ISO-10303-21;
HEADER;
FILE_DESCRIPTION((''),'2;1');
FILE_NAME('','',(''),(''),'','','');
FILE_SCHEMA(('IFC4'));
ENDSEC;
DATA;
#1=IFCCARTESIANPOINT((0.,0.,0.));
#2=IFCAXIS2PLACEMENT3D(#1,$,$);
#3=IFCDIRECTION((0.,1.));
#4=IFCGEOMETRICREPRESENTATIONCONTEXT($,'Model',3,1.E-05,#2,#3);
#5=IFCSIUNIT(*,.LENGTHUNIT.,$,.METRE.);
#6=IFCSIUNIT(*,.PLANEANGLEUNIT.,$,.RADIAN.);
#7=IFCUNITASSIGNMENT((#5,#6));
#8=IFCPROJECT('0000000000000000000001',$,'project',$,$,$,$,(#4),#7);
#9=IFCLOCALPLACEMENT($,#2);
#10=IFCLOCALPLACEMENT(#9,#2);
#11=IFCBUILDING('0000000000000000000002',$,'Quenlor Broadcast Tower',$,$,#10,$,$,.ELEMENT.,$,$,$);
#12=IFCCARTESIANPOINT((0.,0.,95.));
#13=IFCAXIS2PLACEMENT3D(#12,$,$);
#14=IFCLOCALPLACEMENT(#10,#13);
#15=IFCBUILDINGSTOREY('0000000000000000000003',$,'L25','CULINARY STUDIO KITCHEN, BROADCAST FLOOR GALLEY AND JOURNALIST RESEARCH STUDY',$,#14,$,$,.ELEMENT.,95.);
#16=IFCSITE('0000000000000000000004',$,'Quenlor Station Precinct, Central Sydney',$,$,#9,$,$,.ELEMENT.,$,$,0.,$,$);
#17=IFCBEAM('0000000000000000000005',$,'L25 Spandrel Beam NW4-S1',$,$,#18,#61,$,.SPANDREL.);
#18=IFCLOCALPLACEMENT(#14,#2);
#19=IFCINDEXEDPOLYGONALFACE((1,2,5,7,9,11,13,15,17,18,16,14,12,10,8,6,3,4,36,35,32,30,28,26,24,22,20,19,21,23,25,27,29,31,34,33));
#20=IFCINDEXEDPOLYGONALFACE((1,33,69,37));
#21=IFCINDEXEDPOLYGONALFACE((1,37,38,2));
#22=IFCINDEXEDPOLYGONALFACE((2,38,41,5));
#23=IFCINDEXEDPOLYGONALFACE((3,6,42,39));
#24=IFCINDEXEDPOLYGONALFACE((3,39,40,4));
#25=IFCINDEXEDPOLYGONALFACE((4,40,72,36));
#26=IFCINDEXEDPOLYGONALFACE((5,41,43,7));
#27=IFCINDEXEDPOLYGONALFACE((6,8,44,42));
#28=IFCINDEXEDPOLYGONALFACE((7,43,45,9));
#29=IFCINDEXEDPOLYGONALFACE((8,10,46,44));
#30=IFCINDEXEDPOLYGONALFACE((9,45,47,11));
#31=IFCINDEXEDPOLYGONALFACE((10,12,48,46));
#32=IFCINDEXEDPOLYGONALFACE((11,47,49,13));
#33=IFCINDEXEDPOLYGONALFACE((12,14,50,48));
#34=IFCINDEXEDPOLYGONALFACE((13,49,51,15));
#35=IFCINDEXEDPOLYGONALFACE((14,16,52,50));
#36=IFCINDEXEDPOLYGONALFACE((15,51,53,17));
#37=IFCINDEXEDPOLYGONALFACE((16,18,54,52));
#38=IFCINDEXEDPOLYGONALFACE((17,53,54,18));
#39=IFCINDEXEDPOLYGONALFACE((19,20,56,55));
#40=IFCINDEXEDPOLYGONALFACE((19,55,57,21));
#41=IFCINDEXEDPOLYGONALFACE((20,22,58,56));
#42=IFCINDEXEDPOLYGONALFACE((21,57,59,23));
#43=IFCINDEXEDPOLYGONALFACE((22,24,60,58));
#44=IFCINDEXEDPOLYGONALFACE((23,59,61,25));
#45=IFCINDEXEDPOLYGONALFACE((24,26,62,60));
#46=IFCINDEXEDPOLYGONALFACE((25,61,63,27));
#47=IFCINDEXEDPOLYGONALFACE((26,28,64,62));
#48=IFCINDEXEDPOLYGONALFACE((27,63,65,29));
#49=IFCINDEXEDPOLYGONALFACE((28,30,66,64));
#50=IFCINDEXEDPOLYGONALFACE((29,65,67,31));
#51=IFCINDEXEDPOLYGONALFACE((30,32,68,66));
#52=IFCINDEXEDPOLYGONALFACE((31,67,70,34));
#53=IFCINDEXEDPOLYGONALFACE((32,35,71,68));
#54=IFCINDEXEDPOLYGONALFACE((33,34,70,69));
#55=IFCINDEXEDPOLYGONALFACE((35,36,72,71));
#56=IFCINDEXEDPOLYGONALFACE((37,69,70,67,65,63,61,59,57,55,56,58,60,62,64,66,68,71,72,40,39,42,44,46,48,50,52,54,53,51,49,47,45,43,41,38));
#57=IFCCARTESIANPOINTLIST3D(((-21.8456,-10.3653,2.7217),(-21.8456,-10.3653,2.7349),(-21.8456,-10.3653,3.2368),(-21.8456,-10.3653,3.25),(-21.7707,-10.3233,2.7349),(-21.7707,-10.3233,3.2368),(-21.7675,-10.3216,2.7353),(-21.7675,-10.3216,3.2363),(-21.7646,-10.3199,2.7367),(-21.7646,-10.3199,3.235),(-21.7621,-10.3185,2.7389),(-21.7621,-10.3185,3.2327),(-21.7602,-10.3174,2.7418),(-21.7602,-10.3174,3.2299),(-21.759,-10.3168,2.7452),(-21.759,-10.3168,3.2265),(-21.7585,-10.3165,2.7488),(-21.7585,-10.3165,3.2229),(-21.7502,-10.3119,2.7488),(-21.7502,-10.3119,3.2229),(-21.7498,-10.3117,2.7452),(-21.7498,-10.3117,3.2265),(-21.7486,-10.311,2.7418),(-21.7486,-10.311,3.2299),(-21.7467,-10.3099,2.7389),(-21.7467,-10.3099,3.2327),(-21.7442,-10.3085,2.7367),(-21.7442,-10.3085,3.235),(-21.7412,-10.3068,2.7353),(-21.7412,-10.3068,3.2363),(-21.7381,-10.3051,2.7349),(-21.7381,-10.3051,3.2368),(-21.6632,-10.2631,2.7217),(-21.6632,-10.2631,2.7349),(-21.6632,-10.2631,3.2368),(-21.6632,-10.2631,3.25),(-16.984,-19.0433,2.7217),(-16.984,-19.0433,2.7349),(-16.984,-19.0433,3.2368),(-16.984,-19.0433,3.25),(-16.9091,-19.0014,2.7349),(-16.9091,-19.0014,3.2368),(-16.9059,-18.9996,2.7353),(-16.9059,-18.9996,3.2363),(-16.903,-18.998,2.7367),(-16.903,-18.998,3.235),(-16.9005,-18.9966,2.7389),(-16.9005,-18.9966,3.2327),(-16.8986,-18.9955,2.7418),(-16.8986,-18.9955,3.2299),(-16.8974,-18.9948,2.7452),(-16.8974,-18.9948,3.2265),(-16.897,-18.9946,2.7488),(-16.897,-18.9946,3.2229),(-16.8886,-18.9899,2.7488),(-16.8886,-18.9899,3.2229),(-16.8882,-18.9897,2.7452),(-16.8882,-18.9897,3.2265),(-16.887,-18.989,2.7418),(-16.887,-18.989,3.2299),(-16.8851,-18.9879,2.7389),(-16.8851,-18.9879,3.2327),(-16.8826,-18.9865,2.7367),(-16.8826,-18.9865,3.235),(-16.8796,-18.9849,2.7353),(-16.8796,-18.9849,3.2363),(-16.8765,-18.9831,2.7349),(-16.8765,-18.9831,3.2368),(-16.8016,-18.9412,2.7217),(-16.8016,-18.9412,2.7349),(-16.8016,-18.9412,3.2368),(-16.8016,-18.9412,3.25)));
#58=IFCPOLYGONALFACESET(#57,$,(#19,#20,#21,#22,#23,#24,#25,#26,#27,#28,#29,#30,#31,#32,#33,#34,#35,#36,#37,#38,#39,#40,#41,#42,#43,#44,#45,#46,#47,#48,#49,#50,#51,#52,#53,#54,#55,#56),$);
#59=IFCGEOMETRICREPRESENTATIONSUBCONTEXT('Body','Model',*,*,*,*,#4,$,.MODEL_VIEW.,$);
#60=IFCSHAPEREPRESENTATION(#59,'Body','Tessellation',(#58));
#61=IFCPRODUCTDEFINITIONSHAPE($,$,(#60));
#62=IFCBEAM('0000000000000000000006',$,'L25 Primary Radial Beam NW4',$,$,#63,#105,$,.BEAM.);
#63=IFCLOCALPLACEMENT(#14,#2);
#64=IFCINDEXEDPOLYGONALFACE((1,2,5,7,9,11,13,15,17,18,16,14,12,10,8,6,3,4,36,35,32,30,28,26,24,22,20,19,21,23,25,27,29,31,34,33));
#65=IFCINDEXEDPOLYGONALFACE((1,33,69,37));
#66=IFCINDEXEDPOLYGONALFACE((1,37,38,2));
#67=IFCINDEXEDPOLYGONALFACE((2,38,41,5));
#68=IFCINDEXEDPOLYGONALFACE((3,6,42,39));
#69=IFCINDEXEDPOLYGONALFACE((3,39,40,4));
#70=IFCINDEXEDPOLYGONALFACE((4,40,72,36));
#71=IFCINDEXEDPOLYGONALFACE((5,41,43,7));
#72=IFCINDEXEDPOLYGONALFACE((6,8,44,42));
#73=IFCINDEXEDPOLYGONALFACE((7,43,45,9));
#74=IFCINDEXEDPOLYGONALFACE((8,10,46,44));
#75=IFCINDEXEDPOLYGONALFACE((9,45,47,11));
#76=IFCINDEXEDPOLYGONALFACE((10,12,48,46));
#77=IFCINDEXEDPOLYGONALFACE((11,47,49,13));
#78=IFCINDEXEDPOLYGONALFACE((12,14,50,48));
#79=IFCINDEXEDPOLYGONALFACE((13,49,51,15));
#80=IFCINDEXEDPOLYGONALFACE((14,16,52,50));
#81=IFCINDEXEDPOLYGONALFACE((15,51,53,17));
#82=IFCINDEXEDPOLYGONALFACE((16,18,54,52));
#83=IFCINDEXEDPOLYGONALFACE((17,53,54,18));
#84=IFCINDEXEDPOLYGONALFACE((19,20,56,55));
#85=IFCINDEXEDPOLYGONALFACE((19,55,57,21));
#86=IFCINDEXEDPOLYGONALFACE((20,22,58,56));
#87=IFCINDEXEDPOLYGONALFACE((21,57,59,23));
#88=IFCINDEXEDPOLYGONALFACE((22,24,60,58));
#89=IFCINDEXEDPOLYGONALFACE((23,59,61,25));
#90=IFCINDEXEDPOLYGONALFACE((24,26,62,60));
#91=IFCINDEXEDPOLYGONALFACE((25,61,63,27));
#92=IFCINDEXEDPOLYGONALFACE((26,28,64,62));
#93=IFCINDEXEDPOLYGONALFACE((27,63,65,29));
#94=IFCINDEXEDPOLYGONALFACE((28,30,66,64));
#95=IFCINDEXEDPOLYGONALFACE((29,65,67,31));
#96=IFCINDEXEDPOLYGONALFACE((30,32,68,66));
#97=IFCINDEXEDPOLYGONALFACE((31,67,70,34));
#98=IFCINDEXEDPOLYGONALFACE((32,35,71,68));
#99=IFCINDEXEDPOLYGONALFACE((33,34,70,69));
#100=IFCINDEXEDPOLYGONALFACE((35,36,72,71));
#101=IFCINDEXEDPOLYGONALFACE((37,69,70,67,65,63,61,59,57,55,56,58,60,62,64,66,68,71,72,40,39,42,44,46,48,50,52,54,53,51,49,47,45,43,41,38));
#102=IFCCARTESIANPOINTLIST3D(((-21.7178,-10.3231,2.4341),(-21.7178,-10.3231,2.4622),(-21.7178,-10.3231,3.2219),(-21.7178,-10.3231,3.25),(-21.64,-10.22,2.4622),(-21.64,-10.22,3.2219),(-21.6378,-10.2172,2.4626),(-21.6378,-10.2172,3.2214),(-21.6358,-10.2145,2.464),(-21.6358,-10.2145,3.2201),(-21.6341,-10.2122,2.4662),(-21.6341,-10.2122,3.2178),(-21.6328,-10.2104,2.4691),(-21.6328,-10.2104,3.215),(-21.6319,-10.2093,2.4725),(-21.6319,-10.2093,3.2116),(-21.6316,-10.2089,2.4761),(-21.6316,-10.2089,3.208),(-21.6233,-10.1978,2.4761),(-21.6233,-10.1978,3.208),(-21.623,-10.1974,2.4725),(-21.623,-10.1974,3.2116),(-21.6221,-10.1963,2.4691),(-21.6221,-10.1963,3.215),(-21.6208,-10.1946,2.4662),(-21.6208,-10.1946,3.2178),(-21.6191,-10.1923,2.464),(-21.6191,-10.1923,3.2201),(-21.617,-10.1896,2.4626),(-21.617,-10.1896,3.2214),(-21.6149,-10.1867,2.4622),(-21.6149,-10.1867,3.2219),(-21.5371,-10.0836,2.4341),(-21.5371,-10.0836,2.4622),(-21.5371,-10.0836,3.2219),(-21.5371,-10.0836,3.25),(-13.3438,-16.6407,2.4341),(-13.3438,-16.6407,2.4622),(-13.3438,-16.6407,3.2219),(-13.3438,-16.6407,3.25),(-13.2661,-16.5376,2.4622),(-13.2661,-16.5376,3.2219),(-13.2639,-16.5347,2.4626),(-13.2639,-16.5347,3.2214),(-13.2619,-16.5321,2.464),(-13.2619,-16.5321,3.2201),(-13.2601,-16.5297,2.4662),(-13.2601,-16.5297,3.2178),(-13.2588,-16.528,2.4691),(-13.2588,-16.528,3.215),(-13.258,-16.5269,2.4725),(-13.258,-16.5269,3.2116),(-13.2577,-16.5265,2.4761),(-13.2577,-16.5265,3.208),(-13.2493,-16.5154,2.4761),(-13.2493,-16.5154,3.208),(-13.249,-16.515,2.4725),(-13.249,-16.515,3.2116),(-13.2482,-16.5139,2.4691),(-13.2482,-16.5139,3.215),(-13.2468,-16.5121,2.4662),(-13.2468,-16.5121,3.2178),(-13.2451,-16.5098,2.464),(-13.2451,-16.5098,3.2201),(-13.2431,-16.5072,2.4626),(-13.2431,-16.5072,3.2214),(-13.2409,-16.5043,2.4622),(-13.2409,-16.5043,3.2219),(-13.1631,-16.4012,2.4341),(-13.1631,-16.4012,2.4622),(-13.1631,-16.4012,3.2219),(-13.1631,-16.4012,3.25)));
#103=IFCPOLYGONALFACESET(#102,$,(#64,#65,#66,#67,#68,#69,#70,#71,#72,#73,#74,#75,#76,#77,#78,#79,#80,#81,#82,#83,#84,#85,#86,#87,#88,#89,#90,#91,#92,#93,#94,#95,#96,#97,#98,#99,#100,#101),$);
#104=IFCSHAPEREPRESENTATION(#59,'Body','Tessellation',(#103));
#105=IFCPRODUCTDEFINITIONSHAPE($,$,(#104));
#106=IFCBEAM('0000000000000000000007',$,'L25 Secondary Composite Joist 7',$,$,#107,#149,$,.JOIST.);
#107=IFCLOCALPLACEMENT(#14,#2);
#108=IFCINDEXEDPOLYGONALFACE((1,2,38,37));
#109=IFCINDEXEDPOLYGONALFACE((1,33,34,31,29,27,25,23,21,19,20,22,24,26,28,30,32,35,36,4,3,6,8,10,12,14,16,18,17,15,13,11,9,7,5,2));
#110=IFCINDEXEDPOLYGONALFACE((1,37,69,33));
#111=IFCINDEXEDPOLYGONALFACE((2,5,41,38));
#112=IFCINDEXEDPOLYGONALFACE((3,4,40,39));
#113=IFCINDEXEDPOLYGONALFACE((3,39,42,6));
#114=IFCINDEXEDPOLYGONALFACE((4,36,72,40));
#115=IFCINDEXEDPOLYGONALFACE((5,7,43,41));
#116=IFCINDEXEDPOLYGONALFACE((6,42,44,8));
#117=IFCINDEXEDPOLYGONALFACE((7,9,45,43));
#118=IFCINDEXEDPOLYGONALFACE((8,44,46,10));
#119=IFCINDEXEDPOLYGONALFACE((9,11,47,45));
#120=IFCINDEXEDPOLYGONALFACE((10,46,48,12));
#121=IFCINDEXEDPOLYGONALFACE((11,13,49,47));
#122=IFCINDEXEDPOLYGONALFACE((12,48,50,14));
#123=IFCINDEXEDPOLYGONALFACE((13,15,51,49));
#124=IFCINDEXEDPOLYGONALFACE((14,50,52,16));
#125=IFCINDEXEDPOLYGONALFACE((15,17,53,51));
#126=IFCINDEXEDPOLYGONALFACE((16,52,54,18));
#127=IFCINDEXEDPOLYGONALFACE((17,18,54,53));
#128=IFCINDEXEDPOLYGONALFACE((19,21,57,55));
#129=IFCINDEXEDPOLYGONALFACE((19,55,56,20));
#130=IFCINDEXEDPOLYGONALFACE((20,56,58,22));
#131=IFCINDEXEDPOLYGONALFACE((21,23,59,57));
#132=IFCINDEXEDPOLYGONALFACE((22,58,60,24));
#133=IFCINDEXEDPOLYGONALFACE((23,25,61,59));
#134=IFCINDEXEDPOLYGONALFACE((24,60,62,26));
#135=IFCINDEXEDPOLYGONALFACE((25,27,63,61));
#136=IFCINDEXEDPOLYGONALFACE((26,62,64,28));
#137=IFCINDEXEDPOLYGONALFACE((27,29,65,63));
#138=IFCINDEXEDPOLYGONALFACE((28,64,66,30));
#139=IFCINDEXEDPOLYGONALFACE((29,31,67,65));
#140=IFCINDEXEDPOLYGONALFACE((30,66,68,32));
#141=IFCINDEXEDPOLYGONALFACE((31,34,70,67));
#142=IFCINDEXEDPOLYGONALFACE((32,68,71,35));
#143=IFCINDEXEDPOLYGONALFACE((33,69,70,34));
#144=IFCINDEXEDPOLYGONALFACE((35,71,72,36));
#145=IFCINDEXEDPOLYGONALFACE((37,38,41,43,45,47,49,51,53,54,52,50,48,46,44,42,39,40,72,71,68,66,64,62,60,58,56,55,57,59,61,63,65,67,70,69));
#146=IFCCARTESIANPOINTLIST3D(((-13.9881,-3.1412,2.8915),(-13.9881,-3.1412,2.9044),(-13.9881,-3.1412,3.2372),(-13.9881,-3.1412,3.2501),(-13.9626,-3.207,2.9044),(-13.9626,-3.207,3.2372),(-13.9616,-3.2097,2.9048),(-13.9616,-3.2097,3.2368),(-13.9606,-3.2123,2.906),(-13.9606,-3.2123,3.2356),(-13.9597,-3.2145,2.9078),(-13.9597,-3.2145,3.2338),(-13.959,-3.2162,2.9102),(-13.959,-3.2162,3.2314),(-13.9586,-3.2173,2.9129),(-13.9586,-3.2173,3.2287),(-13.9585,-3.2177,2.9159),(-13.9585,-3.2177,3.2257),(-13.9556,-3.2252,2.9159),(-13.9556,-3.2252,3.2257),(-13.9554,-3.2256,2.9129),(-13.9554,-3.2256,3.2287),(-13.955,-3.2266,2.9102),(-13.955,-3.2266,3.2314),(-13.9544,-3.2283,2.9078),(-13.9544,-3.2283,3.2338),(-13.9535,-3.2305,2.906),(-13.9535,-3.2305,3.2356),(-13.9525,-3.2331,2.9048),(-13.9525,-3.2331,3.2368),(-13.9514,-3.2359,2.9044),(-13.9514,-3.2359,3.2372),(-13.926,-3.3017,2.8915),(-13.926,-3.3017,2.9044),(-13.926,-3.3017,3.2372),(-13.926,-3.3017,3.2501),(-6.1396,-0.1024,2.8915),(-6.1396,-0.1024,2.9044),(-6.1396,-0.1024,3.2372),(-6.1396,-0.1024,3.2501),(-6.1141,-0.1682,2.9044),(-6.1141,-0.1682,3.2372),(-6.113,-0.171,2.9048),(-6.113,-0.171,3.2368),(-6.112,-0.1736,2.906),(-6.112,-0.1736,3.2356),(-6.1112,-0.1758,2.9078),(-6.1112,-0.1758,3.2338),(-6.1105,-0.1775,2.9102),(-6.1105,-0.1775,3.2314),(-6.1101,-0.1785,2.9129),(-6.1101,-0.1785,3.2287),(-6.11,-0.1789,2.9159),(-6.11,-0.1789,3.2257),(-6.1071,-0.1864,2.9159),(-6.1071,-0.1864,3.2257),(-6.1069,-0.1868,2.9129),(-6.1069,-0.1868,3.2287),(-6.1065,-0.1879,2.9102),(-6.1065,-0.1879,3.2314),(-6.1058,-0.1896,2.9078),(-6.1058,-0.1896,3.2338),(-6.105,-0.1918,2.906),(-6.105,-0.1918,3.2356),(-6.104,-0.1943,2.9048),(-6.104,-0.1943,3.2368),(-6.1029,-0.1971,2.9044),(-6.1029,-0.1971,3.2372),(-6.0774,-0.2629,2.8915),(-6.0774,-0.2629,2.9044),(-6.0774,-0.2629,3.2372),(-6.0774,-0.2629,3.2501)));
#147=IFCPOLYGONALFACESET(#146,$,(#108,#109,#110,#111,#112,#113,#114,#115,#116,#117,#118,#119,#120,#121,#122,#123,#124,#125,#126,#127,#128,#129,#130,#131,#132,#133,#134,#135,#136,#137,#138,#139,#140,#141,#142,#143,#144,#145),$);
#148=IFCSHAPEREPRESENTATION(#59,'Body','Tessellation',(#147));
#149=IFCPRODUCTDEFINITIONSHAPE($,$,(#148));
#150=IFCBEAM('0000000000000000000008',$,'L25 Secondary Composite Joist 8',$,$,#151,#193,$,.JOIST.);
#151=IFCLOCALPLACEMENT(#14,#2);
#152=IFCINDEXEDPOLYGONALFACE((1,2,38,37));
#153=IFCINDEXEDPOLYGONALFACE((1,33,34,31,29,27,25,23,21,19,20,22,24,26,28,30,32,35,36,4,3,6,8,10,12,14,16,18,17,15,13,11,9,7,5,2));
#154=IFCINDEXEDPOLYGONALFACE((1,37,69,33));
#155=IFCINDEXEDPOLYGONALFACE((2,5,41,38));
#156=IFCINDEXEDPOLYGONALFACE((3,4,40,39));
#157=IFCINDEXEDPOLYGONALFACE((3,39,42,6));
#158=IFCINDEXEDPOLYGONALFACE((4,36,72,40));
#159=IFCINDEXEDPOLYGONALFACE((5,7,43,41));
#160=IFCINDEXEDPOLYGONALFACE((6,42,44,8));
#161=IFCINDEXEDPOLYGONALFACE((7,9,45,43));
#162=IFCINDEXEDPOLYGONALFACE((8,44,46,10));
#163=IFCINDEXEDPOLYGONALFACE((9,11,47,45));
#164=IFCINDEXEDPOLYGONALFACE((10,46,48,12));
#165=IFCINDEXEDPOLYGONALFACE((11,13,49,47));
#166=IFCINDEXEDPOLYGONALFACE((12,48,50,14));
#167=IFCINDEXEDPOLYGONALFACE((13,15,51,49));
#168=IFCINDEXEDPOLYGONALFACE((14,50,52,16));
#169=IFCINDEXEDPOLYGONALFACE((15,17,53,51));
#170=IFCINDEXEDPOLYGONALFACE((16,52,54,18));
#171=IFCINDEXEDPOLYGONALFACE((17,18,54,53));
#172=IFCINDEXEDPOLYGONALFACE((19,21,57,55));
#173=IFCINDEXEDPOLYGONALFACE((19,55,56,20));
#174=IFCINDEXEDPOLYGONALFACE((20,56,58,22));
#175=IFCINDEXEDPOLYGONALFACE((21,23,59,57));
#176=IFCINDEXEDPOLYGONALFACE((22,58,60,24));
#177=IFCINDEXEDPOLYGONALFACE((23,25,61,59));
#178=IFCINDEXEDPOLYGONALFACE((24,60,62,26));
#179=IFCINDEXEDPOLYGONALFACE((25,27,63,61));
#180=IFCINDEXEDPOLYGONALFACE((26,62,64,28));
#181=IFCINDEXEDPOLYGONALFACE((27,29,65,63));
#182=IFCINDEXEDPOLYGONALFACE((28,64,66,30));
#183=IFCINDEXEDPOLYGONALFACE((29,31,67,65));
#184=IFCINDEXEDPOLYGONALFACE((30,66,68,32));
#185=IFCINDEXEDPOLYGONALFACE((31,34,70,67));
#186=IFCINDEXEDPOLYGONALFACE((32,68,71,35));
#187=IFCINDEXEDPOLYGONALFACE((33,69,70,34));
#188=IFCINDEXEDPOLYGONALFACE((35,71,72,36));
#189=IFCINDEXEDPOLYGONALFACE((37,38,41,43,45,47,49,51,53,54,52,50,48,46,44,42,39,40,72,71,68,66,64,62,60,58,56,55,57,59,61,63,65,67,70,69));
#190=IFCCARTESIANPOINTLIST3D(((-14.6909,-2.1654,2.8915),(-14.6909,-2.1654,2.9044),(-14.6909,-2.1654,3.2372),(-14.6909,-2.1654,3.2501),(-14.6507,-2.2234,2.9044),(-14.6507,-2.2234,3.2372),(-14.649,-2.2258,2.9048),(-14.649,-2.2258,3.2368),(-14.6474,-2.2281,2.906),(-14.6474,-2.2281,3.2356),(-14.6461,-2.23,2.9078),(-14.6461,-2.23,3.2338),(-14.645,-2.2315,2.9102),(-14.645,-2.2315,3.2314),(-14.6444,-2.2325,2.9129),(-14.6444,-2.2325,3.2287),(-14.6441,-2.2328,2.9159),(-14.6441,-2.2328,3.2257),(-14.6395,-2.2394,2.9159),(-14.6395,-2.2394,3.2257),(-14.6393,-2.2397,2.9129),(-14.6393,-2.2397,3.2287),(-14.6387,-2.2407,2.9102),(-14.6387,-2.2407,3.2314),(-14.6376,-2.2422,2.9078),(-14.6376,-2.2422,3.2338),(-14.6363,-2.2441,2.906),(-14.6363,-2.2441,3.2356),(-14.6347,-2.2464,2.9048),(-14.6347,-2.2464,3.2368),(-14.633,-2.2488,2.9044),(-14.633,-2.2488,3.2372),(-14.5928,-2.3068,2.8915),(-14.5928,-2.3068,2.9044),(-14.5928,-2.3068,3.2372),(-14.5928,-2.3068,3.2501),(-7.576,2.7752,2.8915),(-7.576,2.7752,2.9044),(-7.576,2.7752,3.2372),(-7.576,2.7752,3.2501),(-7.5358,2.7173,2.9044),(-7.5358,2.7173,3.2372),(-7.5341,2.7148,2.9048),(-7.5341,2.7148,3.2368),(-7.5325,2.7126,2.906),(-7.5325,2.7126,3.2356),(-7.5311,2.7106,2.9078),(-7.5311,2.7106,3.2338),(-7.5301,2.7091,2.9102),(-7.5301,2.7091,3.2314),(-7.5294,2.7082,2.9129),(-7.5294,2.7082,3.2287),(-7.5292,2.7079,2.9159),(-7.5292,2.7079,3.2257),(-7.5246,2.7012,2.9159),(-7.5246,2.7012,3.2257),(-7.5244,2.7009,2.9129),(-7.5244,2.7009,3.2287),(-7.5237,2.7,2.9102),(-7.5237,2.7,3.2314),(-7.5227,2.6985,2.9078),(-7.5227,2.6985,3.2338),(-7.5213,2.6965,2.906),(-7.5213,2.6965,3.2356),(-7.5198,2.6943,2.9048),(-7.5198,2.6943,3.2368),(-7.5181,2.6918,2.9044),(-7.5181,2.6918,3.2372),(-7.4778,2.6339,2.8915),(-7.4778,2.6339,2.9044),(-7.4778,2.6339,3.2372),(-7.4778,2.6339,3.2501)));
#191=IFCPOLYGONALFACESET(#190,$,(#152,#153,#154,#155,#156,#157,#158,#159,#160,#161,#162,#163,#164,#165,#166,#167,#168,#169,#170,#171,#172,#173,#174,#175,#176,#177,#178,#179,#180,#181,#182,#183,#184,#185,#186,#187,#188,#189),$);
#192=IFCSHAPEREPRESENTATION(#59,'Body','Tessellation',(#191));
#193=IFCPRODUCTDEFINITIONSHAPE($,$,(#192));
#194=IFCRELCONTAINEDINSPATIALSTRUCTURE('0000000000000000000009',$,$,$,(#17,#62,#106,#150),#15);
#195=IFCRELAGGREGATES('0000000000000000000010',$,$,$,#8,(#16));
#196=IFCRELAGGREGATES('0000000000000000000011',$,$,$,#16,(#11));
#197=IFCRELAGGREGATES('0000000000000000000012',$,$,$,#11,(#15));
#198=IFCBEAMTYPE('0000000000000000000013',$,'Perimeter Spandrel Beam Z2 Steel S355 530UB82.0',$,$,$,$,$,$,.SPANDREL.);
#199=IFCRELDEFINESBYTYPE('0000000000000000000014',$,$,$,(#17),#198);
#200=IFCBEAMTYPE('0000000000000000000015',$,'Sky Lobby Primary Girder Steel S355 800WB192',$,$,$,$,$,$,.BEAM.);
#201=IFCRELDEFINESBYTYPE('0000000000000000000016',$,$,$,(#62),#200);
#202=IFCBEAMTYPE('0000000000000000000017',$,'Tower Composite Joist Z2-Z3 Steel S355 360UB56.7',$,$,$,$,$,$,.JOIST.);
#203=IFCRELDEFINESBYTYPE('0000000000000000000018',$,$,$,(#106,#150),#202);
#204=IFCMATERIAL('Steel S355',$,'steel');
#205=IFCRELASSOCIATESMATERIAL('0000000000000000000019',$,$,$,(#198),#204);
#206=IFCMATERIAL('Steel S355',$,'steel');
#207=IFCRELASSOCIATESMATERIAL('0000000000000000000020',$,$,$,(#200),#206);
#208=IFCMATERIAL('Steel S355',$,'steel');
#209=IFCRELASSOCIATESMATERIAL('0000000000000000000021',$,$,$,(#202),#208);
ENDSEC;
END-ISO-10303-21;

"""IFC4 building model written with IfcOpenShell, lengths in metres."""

from ifc_helpers import new_model, si_unit, direction, frame, origin, origin_2d, place, context, subcontext, project, spatial, i_section, extrude, material, material_profile, profile_set, type_object, element, save


model = new_model("IFC4")

# Units and contexts
model_context = context("Model", 3, precision=1e-05, world=origin(), true_north=direction((0.0, 1.0)))
body_context = subcontext(model_context, "Body", "Model", "MODEL_VIEW")
ifc_project = project(units=[si_unit("LENGTHUNIT", "METRE"), si_unit("PLANEANGLEUNIT", "RADIAN")], contexts=[model_context])

# Site, building, storey
site_placement = place(None, origin())
site = spatial("IfcSite", under=ifc_project, at=site_placement, Name="Quenlor Station Precinct, Central Sydney", CompositionType="ELEMENT", RefElevation=0.0)
building_placement = place(site_placement, origin())
building = spatial("IfcBuilding", under=site, at=building_placement, Name="Quenlor Broadcast Tower", CompositionType="ELEMENT")
storey_placement = place(building_placement, frame((0.0, 0.0, 95.0)))
storey = spatial("IfcBuildingStorey", under=building, at=storey_placement, Name="L25", Description="CULINARY STUDIO KITCHEN, BROADCAST FLOOR GALLEY AND JOURNALIST RESEARCH STUDY", CompositionType="ELEMENT", Elevation=95.0)

# Beams
ifc_material_1 = material(Name="Steel S355", Category="steel")
ifc_material_profile_1 = material_profile(ifc_material_1, i_section(OverallWidth=0.209, OverallDepth=0.5283, WebThickness=0.0095, FlangeThickness=0.0132, FilletRadius=0.0139, at=origin_2d()))
ifc_profile_set_1 = profile_set([ifc_material_profile_1], Name="Steel S355 530UB82.0")
beam_type_1 = type_object("IfcBeamType", Name="Perimeter Spandrel Beam Z2 Steel S355 530UB82.0", PredefinedType="SPANDREL", material=ifc_profile_set_1)
beam_1_placement = place(storey_placement, frame((-21.7544, -10.3142, 2.9858), z_axis=(0.488749, -0.872424, 0.0), x_axis=(0.872424, 0.488749, 0.0)))
element("IfcBeam", 1, at=beam_1_placement, inside=storey, type_object=beam_type_1, Name="L25 Spandrel Beam NW4-S1", PredefinedType="SPANDREL", context=body_context, shape_type="SweptSolid", body=[
    extrude(i_section(OverallWidth=0.209, OverallDepth=0.5283, WebThickness=0.0095, FlangeThickness=0.0132, FilletRadius=0.0139, at=origin_2d()), origin(), (0.0, 0.0, 1.0), 9.947),
])
ifc_material_2 = material(Name="Steel S355", Category="steel")
ifc_material_profile_2 = material_profile(ifc_material_2, i_section(OverallWidth=0.3, OverallDepth=0.8159, WebThickness=0.0139, FlangeThickness=0.0281, FilletRadius=0.0139, at=origin_2d()))
ifc_profile_set_2 = profile_set([ifc_material_profile_2], Name="Steel S355 800WB192")
beam_type_2 = type_object("IfcBeamType", Name="Sky Lobby Primary Girder Steel S355 800WB192", PredefinedType="BEAM", material=ifc_profile_set_2)
beam_2_placement = place(storey_placement, frame((-21.6274, -10.2034, 2.842), z_axis=(0.798299, -0.602262, 0.0), x_axis=(0.602262, 0.798299, 0.0)))
element("IfcBeam", 2, at=beam_2_placement, inside=storey, type_object=beam_type_2, Name="L25 Primary Radial Beam NW4", PredefinedType="BEAM", context=body_context, shape_type="SweptSolid", body=[
    extrude(i_section(OverallWidth=0.3, OverallDepth=0.8159, WebThickness=0.0139, FlangeThickness=0.0281, FilletRadius=0.0139, at=origin_2d()), origin(), (0.0, 0.0, 1.0), 10.4897),
])
ifc_material_3 = material(Name="Steel S355", Category="steel")
ifc_material_profile_3 = material_profile(ifc_material_3, i_section(OverallWidth=0.1721, OverallDepth=0.3586, WebThickness=0.0081, FlangeThickness=0.0129, FilletRadius=0.0115, at=origin_2d()))
ifc_profile_set_3 = profile_set([ifc_material_profile_3], Name="Steel S355 360UB56.7")
beam_type_3 = type_object("IfcBeamType", Name="Tower Composite Joist Z2-Z3 Steel S355 360UB56.7", PredefinedType="JOIST", material=ifc_profile_set_3)
beam_3_placement = place(storey_placement, frame((-13.957, -3.2214, 3.0708), z_axis=(0.932543, 0.36106, 0.0), x_axis=(-0.36106, 0.932543, 0.0)))
element("IfcBeam", 3, at=beam_3_placement, inside=storey, type_object=beam_type_3, Name="L25 Secondary Composite Joist 7", PredefinedType="JOIST", context=body_context, shape_type="SweptSolid", body=[
    extrude(i_section(OverallWidth=0.1721, OverallDepth=0.3586, WebThickness=0.0081, FlangeThickness=0.0129, FilletRadius=0.0115, at=origin_2d()), origin(), (0.0, 0.0, 1.0), 8.4163),
])
beam_4_placement = place(storey_placement, frame((-14.6418, -2.2361, 3.0708), z_axis=(0.821386, 0.570373, 0.0), x_axis=(-0.570373, 0.821386, 0.0)))
element("IfcBeam", 4, at=beam_4_placement, inside=storey, type_object=beam_type_3, Name="L25 Secondary Composite Joist 8", PredefinedType="JOIST", context=body_context, shape_type="SweptSolid", body=[
    extrude(i_section(OverallWidth=0.1721, OverallDepth=0.3586, WebThickness=0.0081, FlangeThickness=0.0129, FilletRadius=0.0115, at=origin_2d()), origin(), (0.0, 0.0, 1.0), 8.6621),
])

save(model, "model.ifc")
